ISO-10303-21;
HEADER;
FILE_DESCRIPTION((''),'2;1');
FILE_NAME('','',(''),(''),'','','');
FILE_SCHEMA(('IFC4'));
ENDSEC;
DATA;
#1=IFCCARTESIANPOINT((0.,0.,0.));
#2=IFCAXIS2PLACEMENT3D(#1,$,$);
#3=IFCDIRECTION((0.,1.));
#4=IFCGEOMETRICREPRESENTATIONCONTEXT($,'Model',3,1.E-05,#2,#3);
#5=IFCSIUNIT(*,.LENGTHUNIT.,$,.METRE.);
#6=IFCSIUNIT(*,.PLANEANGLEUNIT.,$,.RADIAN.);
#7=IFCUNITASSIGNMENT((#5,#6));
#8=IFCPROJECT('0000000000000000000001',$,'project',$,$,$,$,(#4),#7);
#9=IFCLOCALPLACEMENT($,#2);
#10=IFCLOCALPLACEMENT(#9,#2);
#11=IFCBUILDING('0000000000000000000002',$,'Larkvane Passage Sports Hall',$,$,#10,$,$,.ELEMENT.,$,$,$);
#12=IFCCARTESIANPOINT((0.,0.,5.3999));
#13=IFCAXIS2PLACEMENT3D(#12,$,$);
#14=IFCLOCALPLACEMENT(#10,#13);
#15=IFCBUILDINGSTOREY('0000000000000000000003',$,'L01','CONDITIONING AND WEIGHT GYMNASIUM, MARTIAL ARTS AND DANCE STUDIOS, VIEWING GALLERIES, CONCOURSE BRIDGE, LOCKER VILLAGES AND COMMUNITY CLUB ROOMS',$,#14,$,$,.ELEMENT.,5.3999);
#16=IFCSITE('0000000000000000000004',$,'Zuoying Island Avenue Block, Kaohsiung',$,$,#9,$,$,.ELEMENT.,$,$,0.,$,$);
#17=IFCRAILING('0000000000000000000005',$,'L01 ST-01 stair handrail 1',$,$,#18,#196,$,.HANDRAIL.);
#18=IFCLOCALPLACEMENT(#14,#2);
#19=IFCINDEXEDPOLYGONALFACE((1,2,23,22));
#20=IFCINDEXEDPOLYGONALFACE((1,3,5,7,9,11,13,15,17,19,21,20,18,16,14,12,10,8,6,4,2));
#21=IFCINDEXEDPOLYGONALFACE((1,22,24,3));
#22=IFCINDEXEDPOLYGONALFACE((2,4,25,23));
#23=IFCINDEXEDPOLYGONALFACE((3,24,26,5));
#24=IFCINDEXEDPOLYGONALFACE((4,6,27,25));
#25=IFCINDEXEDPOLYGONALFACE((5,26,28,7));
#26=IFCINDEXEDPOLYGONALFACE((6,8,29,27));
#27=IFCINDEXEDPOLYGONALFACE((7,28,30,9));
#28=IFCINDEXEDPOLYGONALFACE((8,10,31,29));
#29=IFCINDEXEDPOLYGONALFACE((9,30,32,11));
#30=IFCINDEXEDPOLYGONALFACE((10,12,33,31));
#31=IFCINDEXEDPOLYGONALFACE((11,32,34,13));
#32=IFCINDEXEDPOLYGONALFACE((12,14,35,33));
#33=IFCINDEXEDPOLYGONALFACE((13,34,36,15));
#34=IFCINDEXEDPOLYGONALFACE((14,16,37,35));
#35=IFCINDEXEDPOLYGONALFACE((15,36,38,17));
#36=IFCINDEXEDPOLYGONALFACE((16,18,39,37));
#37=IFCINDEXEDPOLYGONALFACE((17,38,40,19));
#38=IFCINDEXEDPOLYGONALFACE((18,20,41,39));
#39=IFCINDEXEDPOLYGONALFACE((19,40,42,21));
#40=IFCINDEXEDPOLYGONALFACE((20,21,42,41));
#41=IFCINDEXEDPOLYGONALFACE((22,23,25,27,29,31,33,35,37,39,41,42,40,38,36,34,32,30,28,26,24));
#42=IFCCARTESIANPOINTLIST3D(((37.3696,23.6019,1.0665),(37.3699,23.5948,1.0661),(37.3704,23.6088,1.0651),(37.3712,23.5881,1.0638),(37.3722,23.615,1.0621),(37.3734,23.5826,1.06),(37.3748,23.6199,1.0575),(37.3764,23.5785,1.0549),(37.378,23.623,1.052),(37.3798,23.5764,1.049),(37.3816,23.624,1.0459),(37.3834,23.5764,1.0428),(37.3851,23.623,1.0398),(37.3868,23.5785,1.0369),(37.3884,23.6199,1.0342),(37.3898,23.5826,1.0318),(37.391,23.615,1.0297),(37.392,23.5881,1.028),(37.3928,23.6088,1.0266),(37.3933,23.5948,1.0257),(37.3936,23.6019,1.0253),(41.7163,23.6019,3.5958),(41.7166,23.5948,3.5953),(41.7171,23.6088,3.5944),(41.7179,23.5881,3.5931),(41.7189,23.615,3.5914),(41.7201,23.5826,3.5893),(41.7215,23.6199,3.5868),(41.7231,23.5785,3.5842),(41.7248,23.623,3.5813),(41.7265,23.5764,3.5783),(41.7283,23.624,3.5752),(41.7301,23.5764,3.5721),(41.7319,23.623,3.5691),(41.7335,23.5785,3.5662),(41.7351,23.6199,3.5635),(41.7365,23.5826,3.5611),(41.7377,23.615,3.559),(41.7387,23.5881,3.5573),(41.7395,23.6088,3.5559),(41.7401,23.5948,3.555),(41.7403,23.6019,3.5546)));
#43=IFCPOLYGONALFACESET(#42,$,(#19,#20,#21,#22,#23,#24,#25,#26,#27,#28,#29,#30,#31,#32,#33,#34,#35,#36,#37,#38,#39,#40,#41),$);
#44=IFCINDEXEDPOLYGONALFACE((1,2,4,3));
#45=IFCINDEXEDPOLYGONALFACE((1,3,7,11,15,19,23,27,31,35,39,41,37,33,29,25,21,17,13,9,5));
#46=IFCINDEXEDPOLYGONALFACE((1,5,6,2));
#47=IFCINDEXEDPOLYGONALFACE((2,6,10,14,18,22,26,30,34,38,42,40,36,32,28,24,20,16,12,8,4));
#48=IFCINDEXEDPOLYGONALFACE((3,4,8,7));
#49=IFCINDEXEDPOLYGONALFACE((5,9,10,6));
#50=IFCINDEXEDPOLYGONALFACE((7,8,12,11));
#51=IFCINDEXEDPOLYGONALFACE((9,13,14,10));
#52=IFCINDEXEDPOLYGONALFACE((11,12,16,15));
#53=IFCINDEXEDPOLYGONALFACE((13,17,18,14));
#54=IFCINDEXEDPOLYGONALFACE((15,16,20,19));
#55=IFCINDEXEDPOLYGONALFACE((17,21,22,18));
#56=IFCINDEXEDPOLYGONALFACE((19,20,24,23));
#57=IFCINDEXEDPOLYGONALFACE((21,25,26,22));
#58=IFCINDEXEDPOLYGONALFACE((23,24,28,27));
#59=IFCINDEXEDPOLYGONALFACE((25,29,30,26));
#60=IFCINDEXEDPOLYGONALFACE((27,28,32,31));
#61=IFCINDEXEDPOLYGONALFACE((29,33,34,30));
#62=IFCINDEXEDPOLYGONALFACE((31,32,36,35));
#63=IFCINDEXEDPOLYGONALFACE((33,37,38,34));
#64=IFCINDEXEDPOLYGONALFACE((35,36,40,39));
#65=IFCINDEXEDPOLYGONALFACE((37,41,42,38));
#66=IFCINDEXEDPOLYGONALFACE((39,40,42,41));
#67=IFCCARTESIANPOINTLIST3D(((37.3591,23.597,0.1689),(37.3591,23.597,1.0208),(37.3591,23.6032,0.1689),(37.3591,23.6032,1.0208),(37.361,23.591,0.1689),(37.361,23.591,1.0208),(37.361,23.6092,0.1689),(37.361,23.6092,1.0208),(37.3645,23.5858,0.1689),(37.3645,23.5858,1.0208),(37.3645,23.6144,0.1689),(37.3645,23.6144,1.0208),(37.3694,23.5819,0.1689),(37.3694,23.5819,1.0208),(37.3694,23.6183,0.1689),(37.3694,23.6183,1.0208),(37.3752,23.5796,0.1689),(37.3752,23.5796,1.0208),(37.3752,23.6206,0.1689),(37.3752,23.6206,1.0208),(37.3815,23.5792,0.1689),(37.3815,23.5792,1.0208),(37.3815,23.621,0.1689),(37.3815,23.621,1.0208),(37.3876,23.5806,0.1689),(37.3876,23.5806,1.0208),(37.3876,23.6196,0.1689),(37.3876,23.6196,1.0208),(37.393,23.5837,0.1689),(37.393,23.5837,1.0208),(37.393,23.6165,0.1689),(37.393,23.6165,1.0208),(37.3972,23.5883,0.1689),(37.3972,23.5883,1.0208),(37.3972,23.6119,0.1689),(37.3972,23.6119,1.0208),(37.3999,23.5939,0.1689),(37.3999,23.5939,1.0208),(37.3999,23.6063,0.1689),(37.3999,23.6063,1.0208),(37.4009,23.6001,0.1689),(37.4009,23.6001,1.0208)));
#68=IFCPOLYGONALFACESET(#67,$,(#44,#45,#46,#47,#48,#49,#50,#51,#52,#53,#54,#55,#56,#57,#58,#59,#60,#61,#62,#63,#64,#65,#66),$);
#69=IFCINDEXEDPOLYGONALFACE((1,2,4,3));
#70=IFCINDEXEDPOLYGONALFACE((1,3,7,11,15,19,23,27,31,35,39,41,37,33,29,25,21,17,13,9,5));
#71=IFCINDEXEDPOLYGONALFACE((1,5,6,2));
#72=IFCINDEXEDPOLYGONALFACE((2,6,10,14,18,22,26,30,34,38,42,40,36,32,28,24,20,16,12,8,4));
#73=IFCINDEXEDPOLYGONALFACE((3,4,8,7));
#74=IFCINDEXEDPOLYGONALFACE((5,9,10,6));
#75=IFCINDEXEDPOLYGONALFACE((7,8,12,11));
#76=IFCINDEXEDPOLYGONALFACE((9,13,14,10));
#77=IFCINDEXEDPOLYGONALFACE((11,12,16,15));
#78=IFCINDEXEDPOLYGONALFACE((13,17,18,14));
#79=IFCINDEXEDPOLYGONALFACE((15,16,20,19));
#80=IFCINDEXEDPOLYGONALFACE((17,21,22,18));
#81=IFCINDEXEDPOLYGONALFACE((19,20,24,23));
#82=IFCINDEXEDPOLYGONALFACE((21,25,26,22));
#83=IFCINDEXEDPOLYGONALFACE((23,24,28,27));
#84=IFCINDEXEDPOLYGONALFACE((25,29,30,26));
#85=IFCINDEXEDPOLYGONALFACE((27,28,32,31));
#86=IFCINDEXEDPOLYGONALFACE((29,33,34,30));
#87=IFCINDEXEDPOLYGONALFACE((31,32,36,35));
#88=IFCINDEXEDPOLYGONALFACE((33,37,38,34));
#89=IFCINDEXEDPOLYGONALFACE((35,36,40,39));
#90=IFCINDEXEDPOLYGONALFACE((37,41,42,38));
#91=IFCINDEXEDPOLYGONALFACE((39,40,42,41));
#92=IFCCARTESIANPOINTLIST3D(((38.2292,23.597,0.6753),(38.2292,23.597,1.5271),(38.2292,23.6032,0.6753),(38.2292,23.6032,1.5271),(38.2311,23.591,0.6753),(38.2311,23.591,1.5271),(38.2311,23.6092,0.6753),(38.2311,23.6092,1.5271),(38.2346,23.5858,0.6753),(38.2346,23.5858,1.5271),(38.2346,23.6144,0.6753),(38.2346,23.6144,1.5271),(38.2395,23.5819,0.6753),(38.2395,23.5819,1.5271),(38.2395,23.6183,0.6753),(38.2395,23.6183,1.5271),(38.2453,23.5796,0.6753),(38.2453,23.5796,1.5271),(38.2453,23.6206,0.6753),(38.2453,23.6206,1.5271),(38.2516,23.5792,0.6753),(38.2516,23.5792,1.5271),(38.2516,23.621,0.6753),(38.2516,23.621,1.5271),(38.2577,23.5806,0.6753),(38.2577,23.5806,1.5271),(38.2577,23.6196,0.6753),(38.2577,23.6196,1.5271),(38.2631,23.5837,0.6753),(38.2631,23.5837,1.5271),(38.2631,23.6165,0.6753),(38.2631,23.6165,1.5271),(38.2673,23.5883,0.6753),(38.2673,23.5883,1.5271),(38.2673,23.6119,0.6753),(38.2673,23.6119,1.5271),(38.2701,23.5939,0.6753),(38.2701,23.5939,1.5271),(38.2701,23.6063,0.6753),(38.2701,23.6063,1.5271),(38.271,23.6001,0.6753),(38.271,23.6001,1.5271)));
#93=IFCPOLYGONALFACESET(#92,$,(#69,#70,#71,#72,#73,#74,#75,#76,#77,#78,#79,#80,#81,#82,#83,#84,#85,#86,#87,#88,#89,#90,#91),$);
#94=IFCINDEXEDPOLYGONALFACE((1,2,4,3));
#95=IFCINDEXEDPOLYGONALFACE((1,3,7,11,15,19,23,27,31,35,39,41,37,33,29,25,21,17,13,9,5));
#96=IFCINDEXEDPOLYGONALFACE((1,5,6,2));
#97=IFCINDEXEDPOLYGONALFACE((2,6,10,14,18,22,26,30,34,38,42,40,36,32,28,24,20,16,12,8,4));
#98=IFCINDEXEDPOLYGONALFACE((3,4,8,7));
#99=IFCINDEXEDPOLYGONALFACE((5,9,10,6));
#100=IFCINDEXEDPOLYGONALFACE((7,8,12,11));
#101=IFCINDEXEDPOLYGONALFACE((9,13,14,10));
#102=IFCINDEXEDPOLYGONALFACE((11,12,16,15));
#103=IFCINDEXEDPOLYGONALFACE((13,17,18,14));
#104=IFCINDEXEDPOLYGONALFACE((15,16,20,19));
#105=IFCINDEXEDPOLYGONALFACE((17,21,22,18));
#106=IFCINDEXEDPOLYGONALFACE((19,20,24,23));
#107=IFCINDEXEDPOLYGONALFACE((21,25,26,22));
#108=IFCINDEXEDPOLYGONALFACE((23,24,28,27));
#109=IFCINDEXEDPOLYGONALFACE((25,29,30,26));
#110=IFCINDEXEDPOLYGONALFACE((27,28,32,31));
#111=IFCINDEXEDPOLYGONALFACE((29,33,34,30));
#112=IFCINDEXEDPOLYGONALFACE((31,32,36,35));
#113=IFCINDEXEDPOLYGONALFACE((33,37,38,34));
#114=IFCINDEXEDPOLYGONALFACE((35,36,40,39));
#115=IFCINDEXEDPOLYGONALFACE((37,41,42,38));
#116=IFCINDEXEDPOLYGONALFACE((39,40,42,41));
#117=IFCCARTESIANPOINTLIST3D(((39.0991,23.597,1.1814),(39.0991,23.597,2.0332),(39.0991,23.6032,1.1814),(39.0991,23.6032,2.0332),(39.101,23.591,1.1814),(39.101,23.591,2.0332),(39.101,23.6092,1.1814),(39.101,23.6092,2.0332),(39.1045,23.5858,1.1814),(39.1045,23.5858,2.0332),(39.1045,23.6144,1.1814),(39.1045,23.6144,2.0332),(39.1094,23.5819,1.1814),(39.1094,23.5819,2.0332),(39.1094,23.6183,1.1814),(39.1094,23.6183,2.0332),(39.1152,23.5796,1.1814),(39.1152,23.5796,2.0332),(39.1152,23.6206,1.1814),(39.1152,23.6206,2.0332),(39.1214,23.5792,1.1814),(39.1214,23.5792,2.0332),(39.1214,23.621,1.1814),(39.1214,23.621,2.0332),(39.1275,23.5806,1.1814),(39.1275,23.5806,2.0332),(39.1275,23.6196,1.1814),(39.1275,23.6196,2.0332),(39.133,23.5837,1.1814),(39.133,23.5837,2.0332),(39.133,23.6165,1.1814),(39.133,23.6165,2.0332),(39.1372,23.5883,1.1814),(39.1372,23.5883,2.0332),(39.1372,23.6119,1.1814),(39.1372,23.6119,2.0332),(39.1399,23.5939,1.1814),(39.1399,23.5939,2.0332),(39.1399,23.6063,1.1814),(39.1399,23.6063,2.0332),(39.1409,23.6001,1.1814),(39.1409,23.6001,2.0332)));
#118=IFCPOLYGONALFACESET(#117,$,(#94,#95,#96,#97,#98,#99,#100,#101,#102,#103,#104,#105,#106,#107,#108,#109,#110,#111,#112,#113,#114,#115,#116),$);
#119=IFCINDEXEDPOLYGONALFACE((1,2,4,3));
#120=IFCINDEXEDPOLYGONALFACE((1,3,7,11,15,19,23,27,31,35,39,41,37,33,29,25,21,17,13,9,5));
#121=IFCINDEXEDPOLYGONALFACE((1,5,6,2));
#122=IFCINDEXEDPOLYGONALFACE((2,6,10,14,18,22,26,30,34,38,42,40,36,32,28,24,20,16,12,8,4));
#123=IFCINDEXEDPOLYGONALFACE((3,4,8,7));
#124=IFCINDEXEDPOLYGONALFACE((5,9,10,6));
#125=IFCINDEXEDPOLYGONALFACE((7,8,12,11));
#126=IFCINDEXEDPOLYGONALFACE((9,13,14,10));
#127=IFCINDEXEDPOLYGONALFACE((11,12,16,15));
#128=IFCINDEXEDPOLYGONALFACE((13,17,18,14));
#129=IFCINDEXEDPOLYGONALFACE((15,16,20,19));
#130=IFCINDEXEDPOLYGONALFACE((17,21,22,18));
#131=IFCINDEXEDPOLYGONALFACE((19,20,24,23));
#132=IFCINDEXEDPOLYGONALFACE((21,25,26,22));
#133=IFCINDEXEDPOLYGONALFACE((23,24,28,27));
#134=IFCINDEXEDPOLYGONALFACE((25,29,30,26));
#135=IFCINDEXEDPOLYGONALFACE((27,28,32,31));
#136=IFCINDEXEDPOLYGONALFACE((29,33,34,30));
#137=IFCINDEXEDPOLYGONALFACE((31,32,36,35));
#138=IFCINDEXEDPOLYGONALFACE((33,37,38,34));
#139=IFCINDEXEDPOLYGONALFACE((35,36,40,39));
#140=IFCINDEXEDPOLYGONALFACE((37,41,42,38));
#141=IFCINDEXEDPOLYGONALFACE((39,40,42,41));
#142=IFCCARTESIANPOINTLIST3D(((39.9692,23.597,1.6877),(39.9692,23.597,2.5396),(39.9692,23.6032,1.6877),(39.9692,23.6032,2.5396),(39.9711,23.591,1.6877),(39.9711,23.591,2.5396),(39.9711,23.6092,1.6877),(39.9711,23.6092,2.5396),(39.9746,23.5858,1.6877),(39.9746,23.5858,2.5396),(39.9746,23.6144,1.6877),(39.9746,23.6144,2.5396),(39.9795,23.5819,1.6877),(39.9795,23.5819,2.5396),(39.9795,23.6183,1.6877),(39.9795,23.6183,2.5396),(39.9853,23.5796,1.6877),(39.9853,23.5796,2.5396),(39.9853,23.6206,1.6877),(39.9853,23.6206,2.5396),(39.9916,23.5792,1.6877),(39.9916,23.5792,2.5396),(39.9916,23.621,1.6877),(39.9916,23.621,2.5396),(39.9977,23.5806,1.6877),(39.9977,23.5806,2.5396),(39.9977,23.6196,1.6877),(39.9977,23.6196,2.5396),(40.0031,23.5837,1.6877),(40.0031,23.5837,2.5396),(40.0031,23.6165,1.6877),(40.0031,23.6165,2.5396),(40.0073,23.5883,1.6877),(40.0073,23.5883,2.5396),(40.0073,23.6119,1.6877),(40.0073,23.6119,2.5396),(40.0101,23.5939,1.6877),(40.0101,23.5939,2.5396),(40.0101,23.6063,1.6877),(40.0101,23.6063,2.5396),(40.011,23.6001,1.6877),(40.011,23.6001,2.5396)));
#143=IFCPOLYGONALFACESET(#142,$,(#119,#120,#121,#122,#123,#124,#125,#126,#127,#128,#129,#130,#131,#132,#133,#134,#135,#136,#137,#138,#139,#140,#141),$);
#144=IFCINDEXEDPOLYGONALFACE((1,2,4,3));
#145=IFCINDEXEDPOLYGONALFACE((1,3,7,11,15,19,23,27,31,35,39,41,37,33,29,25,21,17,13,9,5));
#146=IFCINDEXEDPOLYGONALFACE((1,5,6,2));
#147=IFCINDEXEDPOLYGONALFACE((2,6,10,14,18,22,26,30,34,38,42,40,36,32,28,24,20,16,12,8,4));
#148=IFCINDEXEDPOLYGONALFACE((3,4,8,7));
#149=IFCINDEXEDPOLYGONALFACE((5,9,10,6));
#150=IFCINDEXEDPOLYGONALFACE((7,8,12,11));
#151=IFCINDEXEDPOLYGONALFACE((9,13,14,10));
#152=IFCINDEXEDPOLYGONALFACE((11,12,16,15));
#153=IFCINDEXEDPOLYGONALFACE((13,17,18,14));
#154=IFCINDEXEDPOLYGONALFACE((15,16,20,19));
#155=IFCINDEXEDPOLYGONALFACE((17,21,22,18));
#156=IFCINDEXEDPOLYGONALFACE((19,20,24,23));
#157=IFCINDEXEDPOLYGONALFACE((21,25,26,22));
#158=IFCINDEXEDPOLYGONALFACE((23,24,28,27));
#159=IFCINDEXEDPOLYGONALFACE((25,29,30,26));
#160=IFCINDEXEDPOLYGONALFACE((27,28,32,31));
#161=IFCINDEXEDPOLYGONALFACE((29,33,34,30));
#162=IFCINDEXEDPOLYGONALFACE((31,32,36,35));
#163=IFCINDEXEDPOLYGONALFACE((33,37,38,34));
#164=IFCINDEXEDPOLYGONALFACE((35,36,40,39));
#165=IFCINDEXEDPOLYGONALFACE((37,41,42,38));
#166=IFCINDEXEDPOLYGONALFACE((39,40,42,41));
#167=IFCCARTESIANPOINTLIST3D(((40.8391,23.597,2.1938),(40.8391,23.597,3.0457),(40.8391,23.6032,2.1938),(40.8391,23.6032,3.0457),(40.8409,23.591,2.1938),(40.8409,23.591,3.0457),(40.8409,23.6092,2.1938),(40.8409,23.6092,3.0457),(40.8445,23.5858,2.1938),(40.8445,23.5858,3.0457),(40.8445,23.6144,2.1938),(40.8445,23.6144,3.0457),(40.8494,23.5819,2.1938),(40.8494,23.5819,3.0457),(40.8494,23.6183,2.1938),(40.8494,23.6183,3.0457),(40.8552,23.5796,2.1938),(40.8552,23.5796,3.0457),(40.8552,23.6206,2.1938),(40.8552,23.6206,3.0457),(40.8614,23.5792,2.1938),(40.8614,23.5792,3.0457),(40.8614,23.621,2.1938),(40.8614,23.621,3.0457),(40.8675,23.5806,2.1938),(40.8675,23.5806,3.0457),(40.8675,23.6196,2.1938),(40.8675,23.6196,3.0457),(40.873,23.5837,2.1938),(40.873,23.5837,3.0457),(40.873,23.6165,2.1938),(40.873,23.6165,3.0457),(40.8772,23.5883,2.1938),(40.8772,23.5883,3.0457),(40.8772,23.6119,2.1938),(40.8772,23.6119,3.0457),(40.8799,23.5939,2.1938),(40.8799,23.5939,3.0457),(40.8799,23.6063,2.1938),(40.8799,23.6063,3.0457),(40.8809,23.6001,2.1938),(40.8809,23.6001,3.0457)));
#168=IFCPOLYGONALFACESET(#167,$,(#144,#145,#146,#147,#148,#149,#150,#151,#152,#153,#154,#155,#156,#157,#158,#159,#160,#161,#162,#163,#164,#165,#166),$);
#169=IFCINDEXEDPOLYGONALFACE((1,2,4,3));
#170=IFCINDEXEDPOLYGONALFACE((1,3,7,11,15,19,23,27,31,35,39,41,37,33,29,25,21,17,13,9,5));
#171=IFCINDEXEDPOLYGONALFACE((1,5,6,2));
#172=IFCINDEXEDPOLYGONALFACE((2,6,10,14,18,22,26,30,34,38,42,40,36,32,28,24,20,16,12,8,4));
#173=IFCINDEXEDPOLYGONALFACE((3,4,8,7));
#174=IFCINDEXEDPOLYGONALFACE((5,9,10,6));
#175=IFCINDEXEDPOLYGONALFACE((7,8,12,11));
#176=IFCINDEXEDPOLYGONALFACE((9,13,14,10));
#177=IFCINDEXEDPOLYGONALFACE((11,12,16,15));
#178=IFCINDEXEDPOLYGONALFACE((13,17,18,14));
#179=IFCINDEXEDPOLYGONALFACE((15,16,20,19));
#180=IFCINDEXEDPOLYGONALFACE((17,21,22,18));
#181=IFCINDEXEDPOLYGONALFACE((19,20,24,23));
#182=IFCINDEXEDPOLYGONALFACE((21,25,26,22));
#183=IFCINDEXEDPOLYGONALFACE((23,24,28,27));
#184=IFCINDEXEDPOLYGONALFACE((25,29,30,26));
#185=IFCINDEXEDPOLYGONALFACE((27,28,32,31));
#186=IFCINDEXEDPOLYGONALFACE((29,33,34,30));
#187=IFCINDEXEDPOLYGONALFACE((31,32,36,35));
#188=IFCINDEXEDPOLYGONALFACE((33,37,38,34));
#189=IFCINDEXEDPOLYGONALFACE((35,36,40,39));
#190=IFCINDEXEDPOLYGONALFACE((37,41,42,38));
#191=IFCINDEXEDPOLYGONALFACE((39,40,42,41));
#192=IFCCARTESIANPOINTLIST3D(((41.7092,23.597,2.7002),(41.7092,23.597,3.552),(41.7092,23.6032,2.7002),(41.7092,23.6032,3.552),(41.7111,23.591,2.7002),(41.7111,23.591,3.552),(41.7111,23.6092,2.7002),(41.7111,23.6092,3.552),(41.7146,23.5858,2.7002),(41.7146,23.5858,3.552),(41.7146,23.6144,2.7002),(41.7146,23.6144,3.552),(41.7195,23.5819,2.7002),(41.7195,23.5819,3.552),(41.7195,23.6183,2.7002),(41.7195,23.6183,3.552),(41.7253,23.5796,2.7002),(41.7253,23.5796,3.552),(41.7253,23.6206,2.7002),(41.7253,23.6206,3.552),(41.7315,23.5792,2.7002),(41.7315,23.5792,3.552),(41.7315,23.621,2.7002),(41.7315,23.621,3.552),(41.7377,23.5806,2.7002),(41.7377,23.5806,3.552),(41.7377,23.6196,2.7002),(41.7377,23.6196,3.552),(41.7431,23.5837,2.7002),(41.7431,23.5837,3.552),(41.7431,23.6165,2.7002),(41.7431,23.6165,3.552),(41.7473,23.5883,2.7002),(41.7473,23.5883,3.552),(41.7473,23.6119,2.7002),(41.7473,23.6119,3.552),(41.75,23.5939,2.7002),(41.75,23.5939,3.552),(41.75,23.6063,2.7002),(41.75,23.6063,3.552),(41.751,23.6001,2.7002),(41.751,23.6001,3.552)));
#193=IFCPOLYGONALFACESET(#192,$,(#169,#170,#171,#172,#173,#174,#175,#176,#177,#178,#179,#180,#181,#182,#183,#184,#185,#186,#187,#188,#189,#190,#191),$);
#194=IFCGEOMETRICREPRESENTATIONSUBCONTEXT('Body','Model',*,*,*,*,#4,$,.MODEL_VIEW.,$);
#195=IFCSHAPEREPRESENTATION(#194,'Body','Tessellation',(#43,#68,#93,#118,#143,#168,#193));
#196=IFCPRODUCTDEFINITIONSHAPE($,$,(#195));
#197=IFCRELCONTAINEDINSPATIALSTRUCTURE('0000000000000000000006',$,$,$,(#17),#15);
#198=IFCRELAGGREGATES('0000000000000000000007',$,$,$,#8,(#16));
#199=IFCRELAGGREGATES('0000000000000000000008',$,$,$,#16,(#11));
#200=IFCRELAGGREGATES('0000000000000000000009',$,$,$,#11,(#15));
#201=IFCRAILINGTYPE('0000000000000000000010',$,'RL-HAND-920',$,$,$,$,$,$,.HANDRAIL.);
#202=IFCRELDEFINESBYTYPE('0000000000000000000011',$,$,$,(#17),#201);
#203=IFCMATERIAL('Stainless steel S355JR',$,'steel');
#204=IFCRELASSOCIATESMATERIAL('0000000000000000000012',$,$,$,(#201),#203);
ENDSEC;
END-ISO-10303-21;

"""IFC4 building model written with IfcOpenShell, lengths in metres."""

from ifc_helpers import new_model, si_unit, direction, frame, origin, origin_2d, place, context, subcontext, project, spatial, circle, extrude, material, type_object, element, save


model = new_model("IFC4")

# Units and contexts
model_context = context("Model", 3, precision=1e-05, world=origin(), true_north=direction((0.0, 1.0)))
body_context = subcontext(model_context, "Body", "Model", "MODEL_VIEW")
ifc_project = project(units=[si_unit("LENGTHUNIT", "METRE"), si_unit("PLANEANGLEUNIT", "RADIAN")], contexts=[model_context])

# Site, building, storey
site_placement = place(None, origin())
site = spatial("IfcSite", under=ifc_project, at=site_placement, Name="Zuoying Island Avenue Block, Kaohsiung", CompositionType="ELEMENT", RefElevation=0.0)
building_placement = place(site_placement, origin())
building = spatial("IfcBuilding", under=site, at=building_placement, Name="Larkvane Passage Sports Hall", CompositionType="ELEMENT")
storey_placement = place(building_placement, frame((0.0, 0.0, 5.3999)))
storey = spatial("IfcBuildingStorey", under=building, at=storey_placement, Name="L01", Description="CONDITIONING AND WEIGHT GYMNASIUM, MARTIAL ARTS AND DANCE STUDIOS, VIEWING GALLERIES, CONCOURSE BRIDGE, LOCKER VILLAGES AND COMMUNITY CLUB ROOMS", CompositionType="ELEMENT", Elevation=5.3999)

# Railing
ifc_material_1 = material(Name="Stainless steel S355JR", Category="steel")
railing_type_1 = type_object("IfcRailingType", Name="RL-HAND-920", PredefinedType="HANDRAIL", material=ifc_material_1)
railing_1_placement = place(storey_placement, frame((37.3799, 23.6001, 0.1689)))
element("IfcRailing", 1, at=railing_1_placement, inside=storey, type_object=railing_type_1, Name="L01 ST-01 stair handrail 1", PredefinedType="HANDRAIL", context=body_context, shape_type="SweptSolid", body=[
    extrude(circle(Radius=0.0239, at=origin_2d()), frame((0.0017, 0.0, 0.877), z_axis=(0.864324, 0.0, 0.502936), x_axis=(0.0, 1.0, 0.0)), (0.0, 0.0, 1.0), 5.0291),
    extrude(circle(Radius=0.021, at=origin_2d()), origin(), (0.0, 0.0, 1.0), 0.8518),
    extrude(circle(Radius=0.021, at=origin_2d()), frame((0.8701, 0.0, 0.5063)), (0.0, 0.0, 1.0), 0.8518),
    extrude(circle(Radius=0.021, at=origin_2d()), frame((1.74, 0.0, 1.0125)), (0.0, 0.0, 1.0), 0.8518),
    extrude(circle(Radius=0.021, at=origin_2d()), frame((2.6101, 0.0, 1.5188)), (0.0, 0.0, 1.0), 0.8518),
    extrude(circle(Radius=0.021, at=origin_2d()), frame((3.48, 0.0, 2.0249)), (0.0, 0.0, 1.0), 0.8518),
    extrude(circle(Radius=0.021, at=origin_2d()), frame((4.3501, 0.0, 2.5312)), (0.0, 0.0, 1.0), 0.8518),
])

save(model, "model.ifc")
